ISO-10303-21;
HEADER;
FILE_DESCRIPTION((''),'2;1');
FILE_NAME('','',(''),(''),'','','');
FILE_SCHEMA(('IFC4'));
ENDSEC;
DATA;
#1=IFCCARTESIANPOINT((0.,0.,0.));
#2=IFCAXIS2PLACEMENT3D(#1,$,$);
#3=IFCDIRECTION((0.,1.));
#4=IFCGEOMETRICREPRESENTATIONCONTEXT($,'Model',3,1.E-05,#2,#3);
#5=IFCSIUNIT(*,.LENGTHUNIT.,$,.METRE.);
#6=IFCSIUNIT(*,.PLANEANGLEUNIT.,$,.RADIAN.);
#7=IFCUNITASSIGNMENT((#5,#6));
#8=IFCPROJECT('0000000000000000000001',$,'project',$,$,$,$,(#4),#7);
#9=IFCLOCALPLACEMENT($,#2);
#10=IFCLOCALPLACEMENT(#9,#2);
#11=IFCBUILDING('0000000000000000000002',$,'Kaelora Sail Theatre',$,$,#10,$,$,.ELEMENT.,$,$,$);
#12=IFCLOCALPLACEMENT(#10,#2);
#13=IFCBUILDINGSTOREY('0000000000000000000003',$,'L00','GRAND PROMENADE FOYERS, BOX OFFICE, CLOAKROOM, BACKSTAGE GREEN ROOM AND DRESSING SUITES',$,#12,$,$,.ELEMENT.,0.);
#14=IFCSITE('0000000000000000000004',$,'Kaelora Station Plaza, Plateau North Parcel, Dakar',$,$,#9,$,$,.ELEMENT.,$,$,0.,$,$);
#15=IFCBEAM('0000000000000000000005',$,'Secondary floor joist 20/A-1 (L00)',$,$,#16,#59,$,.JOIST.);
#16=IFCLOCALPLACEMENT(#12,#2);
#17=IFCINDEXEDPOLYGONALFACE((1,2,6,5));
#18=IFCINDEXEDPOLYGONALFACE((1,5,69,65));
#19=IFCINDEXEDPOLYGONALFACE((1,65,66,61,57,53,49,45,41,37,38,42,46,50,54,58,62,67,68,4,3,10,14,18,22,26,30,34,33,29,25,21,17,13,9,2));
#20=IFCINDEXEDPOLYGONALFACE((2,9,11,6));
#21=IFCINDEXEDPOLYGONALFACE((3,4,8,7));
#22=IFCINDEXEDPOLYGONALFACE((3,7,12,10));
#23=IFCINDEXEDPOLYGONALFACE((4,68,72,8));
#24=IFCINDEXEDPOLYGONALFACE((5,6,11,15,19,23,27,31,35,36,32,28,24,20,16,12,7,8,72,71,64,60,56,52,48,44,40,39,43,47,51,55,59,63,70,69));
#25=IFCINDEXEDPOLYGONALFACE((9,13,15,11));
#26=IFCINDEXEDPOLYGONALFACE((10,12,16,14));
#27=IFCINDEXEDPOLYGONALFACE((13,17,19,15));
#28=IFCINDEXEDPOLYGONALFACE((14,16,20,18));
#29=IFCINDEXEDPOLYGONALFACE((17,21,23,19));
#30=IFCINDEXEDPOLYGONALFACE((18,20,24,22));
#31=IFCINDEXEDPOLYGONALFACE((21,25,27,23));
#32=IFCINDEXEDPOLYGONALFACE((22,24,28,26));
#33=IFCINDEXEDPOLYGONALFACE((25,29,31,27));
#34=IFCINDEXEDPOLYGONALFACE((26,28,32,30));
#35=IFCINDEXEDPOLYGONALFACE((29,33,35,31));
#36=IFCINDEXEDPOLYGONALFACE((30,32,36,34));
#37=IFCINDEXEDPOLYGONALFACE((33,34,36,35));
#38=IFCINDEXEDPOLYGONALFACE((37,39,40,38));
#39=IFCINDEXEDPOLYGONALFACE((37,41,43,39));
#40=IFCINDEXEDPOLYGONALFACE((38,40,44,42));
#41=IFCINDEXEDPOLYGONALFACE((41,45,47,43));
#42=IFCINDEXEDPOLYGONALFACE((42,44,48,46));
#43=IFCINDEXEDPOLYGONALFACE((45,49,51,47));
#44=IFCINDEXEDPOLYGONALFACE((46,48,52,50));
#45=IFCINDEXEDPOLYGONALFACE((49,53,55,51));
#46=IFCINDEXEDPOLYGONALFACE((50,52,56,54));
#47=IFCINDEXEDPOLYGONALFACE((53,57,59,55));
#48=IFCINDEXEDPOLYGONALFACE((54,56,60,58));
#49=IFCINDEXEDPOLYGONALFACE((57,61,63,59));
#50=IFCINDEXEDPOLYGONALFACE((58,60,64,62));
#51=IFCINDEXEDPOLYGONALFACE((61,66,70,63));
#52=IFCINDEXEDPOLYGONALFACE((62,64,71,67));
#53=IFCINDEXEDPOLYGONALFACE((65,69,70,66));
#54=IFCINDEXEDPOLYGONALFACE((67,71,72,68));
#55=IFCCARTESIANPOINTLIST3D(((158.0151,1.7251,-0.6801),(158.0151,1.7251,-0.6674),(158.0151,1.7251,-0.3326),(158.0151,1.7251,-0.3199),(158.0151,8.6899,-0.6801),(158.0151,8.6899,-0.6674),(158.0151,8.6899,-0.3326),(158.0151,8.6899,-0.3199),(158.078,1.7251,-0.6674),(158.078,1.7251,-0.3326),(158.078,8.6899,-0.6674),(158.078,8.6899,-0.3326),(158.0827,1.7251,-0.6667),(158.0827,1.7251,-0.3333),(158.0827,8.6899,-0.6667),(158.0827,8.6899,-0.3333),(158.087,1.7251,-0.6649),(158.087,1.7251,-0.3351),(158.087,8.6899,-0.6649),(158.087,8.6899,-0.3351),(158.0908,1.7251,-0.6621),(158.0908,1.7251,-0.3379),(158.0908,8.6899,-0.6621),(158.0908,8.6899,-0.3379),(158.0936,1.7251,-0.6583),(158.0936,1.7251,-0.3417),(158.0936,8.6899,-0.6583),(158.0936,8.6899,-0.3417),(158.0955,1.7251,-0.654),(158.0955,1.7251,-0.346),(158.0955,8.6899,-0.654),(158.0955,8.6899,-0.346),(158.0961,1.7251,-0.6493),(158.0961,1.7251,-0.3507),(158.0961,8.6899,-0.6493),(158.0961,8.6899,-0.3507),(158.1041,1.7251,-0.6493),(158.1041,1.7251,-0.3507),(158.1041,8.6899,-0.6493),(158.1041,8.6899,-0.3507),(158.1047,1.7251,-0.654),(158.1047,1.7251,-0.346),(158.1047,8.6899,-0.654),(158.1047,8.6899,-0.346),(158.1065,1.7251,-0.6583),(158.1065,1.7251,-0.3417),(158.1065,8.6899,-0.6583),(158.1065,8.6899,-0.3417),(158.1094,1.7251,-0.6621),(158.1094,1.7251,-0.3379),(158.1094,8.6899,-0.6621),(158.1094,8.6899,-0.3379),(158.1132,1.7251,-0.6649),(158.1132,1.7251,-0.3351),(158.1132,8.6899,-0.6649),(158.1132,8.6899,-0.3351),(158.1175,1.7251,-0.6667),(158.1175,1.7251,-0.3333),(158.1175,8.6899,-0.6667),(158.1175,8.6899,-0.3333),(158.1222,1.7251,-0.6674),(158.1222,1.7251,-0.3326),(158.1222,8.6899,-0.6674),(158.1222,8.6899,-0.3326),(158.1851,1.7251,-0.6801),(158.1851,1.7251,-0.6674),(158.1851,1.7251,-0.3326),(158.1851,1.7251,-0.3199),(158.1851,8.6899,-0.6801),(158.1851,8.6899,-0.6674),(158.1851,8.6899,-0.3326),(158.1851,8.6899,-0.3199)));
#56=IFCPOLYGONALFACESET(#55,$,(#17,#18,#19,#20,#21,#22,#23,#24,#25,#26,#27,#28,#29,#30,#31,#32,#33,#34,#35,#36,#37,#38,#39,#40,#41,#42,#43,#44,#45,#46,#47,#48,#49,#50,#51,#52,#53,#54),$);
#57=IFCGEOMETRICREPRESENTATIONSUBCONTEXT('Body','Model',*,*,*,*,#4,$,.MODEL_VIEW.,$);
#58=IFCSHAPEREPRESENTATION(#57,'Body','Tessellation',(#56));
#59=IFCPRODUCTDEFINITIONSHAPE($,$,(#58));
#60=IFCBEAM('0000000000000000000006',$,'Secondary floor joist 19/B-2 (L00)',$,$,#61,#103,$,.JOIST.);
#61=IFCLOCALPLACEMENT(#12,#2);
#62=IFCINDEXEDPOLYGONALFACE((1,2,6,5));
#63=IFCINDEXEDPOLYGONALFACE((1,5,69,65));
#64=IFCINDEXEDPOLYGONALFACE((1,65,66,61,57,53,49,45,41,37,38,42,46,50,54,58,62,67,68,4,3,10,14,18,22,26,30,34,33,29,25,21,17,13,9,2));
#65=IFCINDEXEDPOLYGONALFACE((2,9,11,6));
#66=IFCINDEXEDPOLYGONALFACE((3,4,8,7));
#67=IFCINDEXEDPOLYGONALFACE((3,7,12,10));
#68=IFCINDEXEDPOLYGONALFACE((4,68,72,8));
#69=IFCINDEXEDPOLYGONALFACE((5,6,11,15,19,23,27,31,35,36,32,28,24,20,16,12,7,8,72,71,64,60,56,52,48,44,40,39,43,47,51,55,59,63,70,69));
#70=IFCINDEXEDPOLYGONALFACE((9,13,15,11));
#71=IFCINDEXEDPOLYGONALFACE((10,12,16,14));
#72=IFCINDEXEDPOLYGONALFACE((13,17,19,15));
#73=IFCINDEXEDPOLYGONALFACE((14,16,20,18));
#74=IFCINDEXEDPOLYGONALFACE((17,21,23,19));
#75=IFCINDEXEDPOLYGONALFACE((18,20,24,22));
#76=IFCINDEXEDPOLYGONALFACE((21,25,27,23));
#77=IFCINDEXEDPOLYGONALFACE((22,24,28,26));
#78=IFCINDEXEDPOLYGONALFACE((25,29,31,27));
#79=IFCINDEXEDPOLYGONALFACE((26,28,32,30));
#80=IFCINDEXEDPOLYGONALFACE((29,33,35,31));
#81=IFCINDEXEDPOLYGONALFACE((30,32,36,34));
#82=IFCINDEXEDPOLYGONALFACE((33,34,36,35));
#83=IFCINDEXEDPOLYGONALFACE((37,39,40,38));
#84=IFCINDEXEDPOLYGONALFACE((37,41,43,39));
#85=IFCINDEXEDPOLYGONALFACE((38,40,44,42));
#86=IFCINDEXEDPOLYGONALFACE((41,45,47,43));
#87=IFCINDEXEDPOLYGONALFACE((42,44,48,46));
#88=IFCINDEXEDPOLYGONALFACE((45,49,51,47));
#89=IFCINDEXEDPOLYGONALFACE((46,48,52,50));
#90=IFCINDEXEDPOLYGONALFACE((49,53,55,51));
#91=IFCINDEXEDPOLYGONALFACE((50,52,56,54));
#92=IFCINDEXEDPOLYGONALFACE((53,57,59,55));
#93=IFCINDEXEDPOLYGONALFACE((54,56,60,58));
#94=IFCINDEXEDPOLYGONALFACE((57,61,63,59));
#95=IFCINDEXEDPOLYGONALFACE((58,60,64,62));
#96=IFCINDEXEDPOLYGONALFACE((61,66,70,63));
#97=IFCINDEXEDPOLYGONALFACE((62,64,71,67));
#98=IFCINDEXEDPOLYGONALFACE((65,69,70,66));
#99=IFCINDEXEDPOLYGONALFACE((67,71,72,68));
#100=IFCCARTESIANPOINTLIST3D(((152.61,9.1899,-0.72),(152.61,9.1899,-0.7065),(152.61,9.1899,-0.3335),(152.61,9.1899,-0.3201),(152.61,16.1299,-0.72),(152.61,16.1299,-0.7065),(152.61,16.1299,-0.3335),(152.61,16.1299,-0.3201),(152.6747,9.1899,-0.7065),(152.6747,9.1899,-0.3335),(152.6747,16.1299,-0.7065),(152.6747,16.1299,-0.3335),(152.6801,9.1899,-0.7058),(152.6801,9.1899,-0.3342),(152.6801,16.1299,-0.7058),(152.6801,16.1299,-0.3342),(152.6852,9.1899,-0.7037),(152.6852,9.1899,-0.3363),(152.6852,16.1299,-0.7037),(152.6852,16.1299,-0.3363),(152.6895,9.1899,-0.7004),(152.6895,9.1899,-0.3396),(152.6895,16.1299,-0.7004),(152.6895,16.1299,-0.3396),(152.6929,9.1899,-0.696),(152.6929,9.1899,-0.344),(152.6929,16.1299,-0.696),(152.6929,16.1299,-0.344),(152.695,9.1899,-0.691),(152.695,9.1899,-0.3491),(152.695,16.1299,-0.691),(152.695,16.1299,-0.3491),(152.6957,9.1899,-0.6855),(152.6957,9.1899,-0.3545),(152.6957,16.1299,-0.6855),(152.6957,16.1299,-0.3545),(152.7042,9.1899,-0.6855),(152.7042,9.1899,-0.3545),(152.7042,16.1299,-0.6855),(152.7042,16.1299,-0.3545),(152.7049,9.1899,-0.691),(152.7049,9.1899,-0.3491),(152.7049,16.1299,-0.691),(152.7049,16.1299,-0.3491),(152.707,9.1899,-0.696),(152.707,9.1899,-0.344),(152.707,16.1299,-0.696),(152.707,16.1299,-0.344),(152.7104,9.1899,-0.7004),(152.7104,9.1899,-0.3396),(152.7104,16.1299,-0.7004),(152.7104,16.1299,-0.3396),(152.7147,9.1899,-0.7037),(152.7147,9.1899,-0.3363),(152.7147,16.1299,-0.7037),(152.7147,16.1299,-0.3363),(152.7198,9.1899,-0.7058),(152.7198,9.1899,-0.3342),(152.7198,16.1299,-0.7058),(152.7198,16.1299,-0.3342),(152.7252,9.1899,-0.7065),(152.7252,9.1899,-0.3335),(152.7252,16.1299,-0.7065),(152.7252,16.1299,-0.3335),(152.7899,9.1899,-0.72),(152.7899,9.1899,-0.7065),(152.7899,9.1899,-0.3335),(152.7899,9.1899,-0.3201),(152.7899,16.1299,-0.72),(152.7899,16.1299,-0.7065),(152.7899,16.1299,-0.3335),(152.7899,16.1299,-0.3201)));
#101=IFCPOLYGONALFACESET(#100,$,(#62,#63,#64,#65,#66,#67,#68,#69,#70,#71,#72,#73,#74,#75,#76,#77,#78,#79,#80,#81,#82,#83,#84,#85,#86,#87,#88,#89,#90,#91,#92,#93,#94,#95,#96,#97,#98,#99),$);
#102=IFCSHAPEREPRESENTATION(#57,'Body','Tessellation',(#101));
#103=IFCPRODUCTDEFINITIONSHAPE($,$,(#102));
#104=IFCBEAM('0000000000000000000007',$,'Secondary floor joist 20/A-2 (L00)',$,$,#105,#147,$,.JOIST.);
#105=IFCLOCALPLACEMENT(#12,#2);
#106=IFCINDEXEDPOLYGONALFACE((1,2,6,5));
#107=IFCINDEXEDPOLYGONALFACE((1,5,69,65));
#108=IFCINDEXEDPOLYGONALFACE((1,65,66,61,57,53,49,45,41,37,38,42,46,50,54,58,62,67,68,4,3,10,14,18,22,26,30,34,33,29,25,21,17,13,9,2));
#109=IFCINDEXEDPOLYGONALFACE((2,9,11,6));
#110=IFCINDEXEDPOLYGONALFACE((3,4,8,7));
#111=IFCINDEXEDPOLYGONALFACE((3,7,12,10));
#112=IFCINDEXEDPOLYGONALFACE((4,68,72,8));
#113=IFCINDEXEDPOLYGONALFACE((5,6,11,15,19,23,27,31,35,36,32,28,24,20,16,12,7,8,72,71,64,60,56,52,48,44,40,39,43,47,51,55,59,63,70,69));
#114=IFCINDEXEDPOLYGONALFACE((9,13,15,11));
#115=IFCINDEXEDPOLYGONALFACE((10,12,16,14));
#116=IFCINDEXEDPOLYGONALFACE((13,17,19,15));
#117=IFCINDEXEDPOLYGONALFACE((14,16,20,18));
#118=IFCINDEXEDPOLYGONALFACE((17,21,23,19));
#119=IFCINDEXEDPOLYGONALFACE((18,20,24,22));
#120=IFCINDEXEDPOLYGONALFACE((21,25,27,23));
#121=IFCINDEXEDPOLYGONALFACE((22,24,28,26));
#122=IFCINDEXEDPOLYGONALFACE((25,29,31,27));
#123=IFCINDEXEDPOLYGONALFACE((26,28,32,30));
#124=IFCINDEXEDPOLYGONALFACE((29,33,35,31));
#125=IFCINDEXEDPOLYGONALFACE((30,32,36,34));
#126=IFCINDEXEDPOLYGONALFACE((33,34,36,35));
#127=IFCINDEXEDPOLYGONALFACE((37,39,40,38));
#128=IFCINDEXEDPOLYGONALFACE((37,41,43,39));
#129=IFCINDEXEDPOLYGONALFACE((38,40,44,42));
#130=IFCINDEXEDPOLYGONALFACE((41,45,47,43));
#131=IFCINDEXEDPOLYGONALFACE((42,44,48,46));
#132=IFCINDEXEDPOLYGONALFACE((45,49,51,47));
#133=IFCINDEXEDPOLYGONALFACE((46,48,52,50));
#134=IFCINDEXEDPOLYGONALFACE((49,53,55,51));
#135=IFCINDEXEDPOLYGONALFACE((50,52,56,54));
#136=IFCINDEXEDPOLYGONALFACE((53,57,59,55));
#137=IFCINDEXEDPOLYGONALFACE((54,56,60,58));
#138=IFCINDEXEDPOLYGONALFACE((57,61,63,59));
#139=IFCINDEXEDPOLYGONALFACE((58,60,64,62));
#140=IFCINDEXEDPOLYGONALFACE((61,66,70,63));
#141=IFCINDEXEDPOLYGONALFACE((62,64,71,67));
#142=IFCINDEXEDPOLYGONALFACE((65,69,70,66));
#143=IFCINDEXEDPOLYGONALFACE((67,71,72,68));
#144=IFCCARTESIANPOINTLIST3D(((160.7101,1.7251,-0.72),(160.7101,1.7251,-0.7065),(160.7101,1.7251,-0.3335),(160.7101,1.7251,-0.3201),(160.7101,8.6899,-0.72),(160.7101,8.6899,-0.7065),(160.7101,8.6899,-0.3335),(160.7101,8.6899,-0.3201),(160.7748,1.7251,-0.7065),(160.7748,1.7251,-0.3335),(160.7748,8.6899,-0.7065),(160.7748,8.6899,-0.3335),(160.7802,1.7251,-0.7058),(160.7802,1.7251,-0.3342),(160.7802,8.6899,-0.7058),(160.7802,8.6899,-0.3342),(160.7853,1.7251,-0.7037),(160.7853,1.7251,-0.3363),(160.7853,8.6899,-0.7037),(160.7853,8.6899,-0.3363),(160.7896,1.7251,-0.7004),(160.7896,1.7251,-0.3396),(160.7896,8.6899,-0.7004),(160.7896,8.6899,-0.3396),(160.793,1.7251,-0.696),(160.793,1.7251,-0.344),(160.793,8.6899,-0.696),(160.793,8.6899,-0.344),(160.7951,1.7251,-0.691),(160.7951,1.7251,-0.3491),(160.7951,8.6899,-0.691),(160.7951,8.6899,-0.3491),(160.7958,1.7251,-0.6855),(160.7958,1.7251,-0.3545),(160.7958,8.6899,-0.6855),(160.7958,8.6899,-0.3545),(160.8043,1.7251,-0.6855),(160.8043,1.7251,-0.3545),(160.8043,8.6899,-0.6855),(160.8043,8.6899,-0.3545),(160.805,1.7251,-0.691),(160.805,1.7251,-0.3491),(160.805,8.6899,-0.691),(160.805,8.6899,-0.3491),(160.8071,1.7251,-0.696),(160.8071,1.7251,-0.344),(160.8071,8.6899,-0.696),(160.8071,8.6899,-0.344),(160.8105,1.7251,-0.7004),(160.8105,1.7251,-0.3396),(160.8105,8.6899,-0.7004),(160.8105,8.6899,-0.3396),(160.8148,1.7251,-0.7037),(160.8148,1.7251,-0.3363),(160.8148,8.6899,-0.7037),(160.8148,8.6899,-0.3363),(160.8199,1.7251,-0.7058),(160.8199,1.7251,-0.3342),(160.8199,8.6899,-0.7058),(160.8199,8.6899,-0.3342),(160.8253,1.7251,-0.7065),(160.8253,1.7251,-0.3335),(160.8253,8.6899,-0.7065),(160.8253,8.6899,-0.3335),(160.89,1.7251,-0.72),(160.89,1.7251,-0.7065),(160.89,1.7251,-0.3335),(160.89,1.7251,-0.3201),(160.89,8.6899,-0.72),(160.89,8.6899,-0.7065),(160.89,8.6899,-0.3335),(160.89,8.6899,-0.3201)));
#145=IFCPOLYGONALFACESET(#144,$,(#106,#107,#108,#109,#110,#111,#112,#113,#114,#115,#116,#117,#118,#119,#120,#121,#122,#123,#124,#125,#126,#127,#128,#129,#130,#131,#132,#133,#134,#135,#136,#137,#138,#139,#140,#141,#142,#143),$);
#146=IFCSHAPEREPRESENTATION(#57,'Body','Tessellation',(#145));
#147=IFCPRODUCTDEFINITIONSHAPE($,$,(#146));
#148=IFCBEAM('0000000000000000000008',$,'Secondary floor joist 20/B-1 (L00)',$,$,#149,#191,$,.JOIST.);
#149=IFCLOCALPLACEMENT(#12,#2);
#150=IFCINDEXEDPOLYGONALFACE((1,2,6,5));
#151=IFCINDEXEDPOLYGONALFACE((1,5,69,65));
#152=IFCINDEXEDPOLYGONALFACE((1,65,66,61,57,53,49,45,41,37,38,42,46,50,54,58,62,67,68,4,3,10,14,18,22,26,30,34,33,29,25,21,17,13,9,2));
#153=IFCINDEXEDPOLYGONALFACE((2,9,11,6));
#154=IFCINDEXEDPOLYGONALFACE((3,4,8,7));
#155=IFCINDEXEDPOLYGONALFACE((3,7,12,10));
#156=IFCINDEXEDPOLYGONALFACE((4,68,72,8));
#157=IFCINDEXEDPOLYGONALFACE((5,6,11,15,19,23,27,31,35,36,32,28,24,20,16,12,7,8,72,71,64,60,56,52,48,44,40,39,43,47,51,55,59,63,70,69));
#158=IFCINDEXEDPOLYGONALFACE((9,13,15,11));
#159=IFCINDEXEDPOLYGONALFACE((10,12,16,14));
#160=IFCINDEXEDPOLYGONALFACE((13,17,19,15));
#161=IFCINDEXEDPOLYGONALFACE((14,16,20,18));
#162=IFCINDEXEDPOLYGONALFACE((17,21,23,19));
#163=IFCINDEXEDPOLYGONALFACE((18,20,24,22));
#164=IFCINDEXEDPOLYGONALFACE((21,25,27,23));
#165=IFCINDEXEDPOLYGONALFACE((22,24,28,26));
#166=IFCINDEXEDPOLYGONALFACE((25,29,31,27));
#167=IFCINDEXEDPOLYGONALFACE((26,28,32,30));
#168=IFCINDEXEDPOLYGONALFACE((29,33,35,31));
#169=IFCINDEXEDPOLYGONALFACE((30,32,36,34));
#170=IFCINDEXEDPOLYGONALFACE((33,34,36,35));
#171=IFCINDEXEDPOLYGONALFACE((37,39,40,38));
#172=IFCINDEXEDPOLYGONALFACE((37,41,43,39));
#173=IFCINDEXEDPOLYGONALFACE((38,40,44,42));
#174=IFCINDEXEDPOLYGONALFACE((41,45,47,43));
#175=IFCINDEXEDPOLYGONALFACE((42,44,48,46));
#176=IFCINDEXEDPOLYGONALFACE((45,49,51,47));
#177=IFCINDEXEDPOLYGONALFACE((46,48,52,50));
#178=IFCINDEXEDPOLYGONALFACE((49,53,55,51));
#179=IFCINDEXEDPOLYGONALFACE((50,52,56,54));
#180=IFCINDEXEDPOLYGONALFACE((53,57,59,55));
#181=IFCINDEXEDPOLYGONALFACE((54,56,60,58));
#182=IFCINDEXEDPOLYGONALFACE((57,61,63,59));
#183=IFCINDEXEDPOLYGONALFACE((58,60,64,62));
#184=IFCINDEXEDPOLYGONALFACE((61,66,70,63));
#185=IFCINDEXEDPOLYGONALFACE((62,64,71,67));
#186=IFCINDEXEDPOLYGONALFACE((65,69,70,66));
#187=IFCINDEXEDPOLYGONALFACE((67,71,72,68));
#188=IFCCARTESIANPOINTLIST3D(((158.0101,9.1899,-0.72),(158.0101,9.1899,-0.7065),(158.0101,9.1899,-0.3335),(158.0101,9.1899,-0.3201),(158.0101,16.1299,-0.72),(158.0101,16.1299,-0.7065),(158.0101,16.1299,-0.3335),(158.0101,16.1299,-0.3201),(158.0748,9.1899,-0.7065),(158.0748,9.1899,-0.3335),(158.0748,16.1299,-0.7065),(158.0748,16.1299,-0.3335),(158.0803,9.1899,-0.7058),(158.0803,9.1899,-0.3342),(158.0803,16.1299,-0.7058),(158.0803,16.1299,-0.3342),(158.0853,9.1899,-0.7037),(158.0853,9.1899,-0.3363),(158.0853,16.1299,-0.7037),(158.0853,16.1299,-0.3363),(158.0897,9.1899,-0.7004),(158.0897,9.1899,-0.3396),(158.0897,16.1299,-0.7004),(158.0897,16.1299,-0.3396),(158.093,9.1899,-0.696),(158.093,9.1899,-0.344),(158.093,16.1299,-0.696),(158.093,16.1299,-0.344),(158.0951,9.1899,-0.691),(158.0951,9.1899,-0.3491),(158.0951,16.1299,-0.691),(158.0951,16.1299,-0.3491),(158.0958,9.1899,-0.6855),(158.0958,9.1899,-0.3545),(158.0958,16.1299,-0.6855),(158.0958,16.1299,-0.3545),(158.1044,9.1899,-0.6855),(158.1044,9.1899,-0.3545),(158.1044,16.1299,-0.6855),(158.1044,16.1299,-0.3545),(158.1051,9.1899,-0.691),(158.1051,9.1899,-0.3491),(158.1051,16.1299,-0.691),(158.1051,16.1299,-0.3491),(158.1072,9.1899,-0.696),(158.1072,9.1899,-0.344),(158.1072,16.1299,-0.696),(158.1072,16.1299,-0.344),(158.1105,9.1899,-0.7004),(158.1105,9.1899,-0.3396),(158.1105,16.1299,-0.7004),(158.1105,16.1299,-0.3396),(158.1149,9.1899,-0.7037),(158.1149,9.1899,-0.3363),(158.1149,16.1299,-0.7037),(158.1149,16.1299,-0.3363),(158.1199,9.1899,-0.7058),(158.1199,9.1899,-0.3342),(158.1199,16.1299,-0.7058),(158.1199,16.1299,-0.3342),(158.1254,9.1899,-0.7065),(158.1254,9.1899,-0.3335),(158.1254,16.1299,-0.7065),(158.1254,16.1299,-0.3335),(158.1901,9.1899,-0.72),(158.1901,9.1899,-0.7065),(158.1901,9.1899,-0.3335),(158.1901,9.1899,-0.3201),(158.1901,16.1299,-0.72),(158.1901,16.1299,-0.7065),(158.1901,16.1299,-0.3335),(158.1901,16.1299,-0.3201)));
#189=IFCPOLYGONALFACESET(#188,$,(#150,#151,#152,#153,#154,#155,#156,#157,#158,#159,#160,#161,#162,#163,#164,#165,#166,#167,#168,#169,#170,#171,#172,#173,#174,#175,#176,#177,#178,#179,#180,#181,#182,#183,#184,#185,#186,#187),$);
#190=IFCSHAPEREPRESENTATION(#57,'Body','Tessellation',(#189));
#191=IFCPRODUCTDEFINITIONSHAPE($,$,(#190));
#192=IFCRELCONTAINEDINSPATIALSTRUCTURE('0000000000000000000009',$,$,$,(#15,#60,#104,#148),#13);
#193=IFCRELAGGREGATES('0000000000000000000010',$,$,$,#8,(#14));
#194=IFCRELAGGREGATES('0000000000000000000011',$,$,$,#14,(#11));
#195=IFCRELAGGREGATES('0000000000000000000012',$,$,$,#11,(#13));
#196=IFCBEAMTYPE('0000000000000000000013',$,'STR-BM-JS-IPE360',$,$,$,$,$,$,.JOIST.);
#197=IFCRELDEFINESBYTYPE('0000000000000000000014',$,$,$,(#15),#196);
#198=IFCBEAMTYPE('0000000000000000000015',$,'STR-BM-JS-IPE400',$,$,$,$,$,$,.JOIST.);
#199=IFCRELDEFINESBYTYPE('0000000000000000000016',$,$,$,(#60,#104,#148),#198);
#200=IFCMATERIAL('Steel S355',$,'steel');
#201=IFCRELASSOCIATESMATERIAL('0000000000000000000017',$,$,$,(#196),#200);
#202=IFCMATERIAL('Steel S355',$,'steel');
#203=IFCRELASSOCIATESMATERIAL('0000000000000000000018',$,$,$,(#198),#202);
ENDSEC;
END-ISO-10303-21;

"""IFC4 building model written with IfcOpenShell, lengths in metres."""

from ifc_helpers import new_model, si_unit, direction, frame, origin, origin_2d, place, context, subcontext, project, spatial, i_section, extrude, material, material_profile, profile_set, type_object, element, save


model = new_model("IFC4")

# Units and contexts
model_context = context("Model", 3, precision=1e-05, world=origin(), true_north=direction((0.0, 1.0)))
body_context = subcontext(model_context, "Body", "Model", "MODEL_VIEW")
ifc_project = project(units=[si_unit("LENGTHUNIT", "METRE"), si_unit("PLANEANGLEUNIT", "RADIAN")], contexts=[model_context])

# Site, building, storey
site_placement = place(None, origin())
site = spatial("IfcSite", under=ifc_project, at=site_placement, Name="Kaelora Station Plaza, Plateau North Parcel, Dakar", CompositionType="ELEMENT", RefElevation=0.0)
building_placement = place(site_placement, origin())
building = spatial("IfcBuilding", under=site, at=building_placement, Name="Kaelora Sail Theatre", CompositionType="ELEMENT")
storey_placement = place(building_placement, origin())
storey = spatial("IfcBuildingStorey", under=building, at=storey_placement, Name="L00", Description="GRAND PROMENADE FOYERS, BOX OFFICE, CLOAKROOM, BACKSTAGE GREEN ROOM AND DRESSING SUITES", CompositionType="ELEMENT", Elevation=0.0)

# Beams
ifc_material_1 = material(Name="Steel S355", Category="steel")
ifc_material_profile_1 = material_profile(ifc_material_1, i_section(OverallWidth=0.1699, OverallDepth=0.3601, WebThickness=0.0081, FlangeThickness=0.0127, FilletRadius=0.0181, at=origin_2d()), Name="IPE 360")
ifc_profile_set_1 = profile_set([ifc_material_profile_1], Name="Steel S355")
beam_type_1 = type_object("IfcBeamType", Name="STR-BM-JS-IPE360", PredefinedType="JOIST", material=ifc_profile_set_1)
beam_1_placement = place(storey_placement, frame((158.1001, 1.7251, -0.5), z_axis=(0.0, 1.0, 0.0), x_axis=(-1.0, 0.0, 0.0)))
element("IfcBeam", 1, at=beam_1_placement, inside=storey, type_object=beam_type_1, Name="Secondary floor joist 20/A-1 (L00)", PredefinedType="JOIST", context=body_context, shape_type="SweptSolid", body=[
    extrude(i_section(OverallWidth=0.1699, OverallDepth=0.3601, WebThickness=0.0081, FlangeThickness=0.0127, FilletRadius=0.0181, at=origin_2d()), origin(), (0.0, 0.0, 1.0), 6.9648),
])
ifc_material_2 = material(Name="Steel S355", Category="steel")
ifc_material_profile_2 = material_profile(ifc_material_2, i_section(OverallWidth=0.1799, OverallDepth=0.3999, WebThickness=0.0085, FlangeThickness=0.0134, FilletRadius=0.021, at=origin_2d()), Name="IPE 400")
ifc_profile_set_2 = profile_set([ifc_material_profile_2], Name="Steel S355")
beam_type_2 = type_object("IfcBeamType", Name="STR-BM-JS-IPE400", PredefinedType="JOIST", material=ifc_profile_set_2)
beam_2_placement = place(storey_placement, frame((152.7, 9.1899, -0.52), z_axis=(0.0, 1.0, 0.0), x_axis=(-1.0, 0.0, 0.0)))
element("IfcBeam", 2, at=beam_2_placement, inside=storey, type_object=beam_type_2, Name="Secondary floor joist 19/B-2 (L00)", PredefinedType="JOIST", context=body_context, shape_type="SweptSolid", body=[
    extrude(i_section(OverallWidth=0.1799, OverallDepth=0.3999, WebThickness=0.0085, FlangeThickness=0.0134, FilletRadius=0.021, at=origin_2d()), origin(), (0.0, 0.0, 1.0), 6.9399),
])
beam_3_placement = place(storey_placement, frame((160.8, 1.7251, -0.52), z_axis=(0.0, 1.0, 0.0), x_axis=(-1.0, 0.0, 0.0)))
element("IfcBeam", 3, at=beam_3_placement, inside=storey, type_object=beam_type_2, Name="Secondary floor joist 20/A-2 (L00)", PredefinedType="JOIST", context=body_context, shape_type="SweptSolid", body=[
    extrude(i_section(OverallWidth=0.1799, OverallDepth=0.3999, WebThickness=0.0085, FlangeThickness=0.0134, FilletRadius=0.021, at=origin_2d()), origin(), (0.0, 0.0, 1.0), 6.9648),
])
beam_4_placement = place(storey_placement, frame((158.1001, 9.1899, -0.52), z_axis=(0.0, 1.0, 0.0), x_axis=(-1.0, 0.0, 0.0)))
element("IfcBeam", 4, at=beam_4_placement, inside=storey, type_object=beam_type_2, Name="Secondary floor joist 20/B-1 (L00)", PredefinedType="JOIST", context=body_context, shape_type="SweptSolid", body=[
    extrude(i_section(OverallWidth=0.1799, OverallDepth=0.3999, WebThickness=0.0085, FlangeThickness=0.0134, FilletRadius=0.021, at=origin_2d()), origin(), (0.0, 0.0, 1.0), 6.9399),
])

save(model, "model.ifc")
